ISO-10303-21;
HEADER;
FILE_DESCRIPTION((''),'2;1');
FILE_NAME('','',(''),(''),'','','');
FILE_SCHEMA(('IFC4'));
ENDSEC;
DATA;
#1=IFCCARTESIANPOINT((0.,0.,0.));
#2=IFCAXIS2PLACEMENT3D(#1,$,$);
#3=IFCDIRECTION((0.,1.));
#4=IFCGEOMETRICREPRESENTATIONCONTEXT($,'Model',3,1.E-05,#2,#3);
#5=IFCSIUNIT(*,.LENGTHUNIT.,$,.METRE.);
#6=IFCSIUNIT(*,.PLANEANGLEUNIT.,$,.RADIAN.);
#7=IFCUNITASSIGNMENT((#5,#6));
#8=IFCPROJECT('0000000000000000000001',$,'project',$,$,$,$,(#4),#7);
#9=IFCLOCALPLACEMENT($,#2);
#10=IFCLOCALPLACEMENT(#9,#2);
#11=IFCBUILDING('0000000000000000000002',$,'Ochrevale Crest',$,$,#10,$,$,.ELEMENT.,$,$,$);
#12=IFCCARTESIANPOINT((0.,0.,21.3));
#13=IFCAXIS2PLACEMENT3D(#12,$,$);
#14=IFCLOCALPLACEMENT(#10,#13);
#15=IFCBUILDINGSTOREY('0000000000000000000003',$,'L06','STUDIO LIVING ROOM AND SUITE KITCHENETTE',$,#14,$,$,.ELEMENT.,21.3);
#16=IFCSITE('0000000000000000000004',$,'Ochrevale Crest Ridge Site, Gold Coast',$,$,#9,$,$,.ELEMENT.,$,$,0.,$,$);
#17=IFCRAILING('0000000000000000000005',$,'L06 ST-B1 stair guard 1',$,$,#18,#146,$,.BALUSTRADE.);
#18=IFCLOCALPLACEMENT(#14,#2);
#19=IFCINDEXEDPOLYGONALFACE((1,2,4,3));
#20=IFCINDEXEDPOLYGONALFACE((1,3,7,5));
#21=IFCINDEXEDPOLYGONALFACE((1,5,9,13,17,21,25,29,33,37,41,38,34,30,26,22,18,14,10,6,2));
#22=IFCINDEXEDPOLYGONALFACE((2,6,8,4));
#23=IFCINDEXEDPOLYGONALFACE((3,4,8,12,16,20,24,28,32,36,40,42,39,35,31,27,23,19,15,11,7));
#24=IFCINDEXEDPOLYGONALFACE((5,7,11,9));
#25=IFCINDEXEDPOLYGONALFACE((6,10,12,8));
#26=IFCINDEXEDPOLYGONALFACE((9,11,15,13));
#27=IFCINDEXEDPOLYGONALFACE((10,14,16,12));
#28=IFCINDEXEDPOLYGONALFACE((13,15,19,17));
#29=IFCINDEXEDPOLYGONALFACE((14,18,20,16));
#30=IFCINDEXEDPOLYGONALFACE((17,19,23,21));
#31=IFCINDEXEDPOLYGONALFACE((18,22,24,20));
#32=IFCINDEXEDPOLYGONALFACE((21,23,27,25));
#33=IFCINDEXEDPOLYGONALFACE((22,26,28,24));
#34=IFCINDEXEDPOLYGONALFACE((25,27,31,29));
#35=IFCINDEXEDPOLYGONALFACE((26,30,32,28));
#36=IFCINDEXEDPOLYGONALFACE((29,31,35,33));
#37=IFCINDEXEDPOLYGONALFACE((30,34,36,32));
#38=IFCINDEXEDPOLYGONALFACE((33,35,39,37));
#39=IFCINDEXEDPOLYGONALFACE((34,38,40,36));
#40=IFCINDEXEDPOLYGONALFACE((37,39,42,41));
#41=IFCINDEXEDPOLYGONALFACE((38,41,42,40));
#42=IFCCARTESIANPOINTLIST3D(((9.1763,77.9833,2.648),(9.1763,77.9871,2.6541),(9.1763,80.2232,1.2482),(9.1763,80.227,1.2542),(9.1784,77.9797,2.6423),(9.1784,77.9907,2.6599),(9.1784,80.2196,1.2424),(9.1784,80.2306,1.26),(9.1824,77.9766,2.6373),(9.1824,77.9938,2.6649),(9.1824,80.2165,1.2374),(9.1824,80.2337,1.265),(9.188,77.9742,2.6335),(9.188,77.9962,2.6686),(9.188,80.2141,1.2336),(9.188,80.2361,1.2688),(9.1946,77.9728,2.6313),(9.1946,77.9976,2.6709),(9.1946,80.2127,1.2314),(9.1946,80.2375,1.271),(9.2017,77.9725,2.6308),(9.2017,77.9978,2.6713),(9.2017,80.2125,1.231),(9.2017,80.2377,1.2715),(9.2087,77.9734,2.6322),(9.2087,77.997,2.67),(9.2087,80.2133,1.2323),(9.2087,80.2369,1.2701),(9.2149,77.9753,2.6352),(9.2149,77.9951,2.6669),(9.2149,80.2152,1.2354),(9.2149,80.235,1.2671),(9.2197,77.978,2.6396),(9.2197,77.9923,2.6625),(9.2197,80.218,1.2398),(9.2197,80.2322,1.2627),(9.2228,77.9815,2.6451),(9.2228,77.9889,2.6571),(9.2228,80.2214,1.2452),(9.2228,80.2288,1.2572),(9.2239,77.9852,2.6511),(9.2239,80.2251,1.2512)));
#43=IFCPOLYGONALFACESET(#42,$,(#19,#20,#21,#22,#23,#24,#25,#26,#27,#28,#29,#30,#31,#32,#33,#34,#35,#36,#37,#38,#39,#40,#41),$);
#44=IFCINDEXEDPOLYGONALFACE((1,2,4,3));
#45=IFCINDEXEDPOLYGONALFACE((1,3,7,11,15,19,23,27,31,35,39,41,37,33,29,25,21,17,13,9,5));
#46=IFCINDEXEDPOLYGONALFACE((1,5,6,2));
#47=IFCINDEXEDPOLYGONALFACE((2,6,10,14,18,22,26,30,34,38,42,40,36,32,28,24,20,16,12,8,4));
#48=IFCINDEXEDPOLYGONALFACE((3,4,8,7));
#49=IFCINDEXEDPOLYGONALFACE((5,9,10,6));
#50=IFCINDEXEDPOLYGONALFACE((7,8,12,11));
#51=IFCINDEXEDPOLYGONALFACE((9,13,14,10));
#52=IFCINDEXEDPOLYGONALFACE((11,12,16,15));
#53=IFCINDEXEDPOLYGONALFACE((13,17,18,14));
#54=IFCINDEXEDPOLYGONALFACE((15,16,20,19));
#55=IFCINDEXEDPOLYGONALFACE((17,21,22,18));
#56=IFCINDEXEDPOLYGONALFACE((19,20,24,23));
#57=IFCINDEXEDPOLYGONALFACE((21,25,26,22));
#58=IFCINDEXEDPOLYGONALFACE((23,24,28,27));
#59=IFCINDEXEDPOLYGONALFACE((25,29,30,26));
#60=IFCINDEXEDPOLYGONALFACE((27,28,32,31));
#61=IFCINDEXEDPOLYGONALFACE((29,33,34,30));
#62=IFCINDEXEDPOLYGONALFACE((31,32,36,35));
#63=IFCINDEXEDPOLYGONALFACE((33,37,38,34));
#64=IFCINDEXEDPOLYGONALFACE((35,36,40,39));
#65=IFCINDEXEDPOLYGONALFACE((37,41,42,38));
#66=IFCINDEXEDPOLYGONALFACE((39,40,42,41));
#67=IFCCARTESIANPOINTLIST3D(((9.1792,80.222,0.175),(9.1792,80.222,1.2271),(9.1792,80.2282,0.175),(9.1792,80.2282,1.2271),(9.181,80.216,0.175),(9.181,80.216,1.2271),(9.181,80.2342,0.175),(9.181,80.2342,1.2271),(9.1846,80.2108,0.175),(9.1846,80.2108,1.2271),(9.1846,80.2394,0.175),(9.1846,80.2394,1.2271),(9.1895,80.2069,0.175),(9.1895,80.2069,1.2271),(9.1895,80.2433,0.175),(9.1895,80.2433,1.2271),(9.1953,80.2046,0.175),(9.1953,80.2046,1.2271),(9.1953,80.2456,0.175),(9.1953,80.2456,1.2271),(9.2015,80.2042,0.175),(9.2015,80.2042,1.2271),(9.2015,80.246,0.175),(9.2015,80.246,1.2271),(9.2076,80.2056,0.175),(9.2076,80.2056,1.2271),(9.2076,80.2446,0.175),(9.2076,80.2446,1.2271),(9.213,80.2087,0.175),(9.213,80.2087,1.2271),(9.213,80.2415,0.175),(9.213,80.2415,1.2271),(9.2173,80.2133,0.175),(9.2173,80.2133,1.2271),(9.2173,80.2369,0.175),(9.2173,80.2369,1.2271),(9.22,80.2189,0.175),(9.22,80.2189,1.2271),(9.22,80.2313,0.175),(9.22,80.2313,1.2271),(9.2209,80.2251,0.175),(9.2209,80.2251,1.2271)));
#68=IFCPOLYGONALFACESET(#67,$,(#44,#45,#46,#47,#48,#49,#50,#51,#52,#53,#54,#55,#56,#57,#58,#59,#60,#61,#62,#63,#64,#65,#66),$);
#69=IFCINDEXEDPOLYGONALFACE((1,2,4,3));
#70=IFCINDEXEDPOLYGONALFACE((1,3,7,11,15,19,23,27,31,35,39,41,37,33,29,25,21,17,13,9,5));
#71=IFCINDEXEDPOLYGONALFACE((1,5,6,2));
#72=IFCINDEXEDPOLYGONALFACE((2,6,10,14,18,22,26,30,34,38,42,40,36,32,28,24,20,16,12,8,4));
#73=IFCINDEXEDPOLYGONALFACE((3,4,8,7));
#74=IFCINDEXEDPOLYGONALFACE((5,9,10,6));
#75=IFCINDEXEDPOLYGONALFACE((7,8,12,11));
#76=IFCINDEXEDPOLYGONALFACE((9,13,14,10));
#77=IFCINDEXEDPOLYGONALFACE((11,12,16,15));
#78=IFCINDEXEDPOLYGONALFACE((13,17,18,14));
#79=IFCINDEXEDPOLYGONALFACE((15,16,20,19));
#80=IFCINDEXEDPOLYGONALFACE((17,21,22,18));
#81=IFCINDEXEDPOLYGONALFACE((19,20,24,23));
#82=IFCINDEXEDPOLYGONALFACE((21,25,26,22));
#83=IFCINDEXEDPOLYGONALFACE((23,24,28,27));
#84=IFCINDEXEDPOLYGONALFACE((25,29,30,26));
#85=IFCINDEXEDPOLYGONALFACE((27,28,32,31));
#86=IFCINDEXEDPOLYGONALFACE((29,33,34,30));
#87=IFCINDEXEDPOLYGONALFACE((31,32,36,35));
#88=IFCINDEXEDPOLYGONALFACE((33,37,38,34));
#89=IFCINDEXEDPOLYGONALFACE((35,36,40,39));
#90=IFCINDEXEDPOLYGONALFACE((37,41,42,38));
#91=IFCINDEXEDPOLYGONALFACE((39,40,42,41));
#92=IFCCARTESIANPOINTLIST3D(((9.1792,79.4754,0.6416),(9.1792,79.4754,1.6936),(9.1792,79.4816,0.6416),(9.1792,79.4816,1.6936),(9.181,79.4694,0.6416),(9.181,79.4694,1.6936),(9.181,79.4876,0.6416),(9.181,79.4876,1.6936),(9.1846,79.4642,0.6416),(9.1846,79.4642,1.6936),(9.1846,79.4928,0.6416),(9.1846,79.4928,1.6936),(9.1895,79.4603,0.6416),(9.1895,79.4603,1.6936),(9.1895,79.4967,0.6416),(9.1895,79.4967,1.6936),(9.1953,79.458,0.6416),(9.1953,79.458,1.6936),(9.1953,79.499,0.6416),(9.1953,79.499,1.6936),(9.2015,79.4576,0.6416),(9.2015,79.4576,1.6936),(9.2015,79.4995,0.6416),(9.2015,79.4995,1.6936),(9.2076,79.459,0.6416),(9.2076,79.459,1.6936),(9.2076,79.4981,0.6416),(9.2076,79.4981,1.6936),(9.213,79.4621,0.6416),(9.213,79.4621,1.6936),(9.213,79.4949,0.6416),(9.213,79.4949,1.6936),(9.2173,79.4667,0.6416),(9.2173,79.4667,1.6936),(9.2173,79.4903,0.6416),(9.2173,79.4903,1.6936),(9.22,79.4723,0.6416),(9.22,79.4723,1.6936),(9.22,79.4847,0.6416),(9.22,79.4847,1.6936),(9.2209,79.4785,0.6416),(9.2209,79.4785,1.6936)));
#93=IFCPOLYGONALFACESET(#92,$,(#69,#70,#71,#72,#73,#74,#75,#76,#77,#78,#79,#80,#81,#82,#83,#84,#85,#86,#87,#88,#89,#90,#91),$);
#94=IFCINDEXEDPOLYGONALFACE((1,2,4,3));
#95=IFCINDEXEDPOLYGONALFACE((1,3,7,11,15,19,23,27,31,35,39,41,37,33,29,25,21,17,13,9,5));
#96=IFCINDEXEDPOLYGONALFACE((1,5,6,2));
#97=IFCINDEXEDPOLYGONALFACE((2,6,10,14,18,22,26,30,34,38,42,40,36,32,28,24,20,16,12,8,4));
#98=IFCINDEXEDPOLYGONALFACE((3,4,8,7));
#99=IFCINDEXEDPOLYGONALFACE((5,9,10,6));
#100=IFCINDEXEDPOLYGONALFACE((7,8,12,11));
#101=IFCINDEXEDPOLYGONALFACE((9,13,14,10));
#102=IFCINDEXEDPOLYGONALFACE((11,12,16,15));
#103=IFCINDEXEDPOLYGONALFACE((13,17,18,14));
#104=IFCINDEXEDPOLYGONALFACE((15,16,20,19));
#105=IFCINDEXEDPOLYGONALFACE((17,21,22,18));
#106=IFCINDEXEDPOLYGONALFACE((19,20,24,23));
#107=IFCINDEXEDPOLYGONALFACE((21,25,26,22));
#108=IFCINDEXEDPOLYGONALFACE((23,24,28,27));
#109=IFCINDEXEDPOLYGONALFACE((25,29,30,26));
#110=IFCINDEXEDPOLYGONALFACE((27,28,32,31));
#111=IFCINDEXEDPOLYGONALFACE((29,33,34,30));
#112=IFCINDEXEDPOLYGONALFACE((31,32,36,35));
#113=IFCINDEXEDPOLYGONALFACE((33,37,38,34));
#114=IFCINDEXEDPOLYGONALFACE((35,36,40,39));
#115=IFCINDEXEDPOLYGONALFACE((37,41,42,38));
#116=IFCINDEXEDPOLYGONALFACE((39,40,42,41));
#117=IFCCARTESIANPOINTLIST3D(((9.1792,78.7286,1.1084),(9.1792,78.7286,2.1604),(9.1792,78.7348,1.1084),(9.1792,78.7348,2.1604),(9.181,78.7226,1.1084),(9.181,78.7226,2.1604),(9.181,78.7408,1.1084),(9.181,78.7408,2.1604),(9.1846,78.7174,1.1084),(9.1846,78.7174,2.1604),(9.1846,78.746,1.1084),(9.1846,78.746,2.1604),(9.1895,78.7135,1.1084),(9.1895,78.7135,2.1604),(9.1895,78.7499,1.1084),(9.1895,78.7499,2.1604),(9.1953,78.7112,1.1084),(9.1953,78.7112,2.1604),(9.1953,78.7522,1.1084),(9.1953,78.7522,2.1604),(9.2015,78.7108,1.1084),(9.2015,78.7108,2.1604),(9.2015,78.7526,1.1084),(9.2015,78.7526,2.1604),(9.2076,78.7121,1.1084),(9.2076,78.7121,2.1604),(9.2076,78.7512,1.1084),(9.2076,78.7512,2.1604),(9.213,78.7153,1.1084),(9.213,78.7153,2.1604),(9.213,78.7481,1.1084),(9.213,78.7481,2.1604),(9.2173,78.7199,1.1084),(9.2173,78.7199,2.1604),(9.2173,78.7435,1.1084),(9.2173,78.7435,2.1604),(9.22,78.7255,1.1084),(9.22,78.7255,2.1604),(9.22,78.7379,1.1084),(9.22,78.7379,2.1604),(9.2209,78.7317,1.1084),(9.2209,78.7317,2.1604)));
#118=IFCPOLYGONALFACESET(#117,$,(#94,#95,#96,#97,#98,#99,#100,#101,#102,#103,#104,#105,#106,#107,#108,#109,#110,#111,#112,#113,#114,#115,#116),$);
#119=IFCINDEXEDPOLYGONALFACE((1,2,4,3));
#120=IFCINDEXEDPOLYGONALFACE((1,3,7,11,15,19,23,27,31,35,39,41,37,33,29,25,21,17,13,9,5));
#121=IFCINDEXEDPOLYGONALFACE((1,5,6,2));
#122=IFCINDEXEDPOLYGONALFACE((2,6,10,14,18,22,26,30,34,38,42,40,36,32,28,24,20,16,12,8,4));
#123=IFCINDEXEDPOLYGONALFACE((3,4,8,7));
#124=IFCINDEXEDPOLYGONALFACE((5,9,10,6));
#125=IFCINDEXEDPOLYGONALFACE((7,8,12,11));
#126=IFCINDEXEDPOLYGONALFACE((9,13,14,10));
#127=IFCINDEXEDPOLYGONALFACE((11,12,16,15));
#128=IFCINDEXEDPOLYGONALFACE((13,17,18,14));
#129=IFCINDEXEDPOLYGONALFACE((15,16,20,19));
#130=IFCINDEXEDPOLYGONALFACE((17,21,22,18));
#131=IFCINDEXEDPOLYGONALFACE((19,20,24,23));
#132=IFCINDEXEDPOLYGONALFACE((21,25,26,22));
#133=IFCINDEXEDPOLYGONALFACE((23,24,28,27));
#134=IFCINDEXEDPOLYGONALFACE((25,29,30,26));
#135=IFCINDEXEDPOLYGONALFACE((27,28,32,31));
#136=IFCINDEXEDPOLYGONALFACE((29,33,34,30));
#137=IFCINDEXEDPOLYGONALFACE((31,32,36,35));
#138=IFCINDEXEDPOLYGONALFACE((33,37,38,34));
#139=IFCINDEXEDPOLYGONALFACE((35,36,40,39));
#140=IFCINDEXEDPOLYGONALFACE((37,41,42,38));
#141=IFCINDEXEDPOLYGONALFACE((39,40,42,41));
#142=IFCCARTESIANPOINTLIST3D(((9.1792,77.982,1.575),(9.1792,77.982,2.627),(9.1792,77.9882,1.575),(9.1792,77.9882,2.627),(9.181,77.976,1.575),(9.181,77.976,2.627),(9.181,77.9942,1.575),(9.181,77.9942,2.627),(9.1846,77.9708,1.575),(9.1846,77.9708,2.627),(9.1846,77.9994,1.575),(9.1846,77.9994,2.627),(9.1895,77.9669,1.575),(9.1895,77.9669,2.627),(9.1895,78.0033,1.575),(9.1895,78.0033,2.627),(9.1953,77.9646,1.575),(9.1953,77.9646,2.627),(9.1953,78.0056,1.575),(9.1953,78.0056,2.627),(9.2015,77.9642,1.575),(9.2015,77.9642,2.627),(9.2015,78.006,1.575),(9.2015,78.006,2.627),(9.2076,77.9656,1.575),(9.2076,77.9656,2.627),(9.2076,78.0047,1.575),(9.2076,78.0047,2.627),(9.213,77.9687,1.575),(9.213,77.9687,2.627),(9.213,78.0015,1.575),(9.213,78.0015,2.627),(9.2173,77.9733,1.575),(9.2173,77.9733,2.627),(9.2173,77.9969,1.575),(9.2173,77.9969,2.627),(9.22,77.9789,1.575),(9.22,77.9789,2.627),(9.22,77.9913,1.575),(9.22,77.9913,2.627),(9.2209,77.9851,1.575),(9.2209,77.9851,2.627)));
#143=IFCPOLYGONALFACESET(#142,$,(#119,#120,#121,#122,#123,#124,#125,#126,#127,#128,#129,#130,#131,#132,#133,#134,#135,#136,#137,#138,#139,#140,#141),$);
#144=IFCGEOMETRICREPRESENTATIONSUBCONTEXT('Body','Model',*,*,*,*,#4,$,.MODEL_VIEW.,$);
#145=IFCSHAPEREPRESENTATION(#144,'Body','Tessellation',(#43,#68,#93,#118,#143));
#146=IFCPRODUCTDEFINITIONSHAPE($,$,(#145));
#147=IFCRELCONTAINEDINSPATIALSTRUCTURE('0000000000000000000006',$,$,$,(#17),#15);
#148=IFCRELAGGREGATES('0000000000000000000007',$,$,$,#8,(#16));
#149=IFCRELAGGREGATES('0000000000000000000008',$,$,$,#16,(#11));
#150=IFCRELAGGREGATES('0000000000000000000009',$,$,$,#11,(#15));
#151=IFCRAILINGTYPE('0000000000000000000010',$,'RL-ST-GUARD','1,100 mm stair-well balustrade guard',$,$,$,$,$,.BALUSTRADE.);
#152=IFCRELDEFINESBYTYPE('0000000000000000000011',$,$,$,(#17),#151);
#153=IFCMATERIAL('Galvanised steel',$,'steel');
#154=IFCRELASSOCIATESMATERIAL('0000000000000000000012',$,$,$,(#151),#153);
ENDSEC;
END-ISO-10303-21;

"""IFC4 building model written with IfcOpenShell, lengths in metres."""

from ifc_helpers import new_model, si_unit, direction, frame, origin, origin_2d, place, context, subcontext, project, spatial, circle, extrude, material, type_object, element, save


model = new_model("IFC4")

# Units and contexts
model_context = context("Model", 3, precision=1e-05, world=origin(), true_north=direction((0.0, 1.0)))
body_context = subcontext(model_context, "Body", "Model", "MODEL_VIEW")
ifc_project = project(units=[si_unit("LENGTHUNIT", "METRE"), si_unit("PLANEANGLEUNIT", "RADIAN")], contexts=[model_context])

# Site, building, storey
site_placement = place(None, origin())
site = spatial("IfcSite", under=ifc_project, at=site_placement, Name="Ochrevale Crest Ridge Site, Gold Coast", CompositionType="ELEMENT", RefElevation=0.0)
building_placement = place(site_placement, origin())
building = spatial("IfcBuilding", under=site, at=building_placement, Name="Ochrevale Crest", CompositionType="ELEMENT")
storey_placement = place(building_placement, frame((0.0, 0.0, 21.3)))
storey = spatial("IfcBuildingStorey", under=building, at=storey_placement, Name="L06", Description="STUDIO LIVING ROOM AND SUITE KITCHENETTE", CompositionType="ELEMENT", Elevation=21.3)

# Railing
ifc_material_1 = material(Name="Galvanised steel", Category="steel")
railing_type_1 = type_object("IfcRailingType", Name="RL-ST-GUARD", Description="1,100 mm stair-well balustrade guard", PredefinedType="BALUSTRADE", material=ifc_material_1)
railing_1_placement = place(storey_placement, frame((9.2, 80.2251, 0.175)))
element("IfcRailing", 1, at=railing_1_placement, inside=storey, type_object=railing_type_1, Name="L06 ST-B1 stair guard 1", PredefinedType="BALUSTRADE", context=body_context, shape_type="SweptSolid", body=[
    extrude(circle(Radius=0.0239, at=origin_2d()), frame((0.0, 0.0, 1.0762), z_axis=(0.0, -0.848014, 0.529974), x_axis=(1.0, 0.0, 0.0)), (0.0, 0.0, 1.0), 2.6414),
    extrude(circle(Radius=0.021, at=origin_2d()), origin(), (0.0, 0.0, 1.0), 1.052),
    extrude(circle(Radius=0.021, at=origin_2d()), frame((0.0, -0.7466, 0.4666)), (0.0, 0.0, 1.0), 1.052),
    extrude(circle(Radius=0.021, at=origin_2d()), frame((0.0, -1.4934, 0.9333)), (0.0, 0.0, 1.0), 1.052),
    extrude(circle(Radius=0.021, at=origin_2d()), frame((0.0, -2.24, 1.3999)), (0.0, 0.0, 1.0), 1.052),
])

save(model, "model.ifc")
